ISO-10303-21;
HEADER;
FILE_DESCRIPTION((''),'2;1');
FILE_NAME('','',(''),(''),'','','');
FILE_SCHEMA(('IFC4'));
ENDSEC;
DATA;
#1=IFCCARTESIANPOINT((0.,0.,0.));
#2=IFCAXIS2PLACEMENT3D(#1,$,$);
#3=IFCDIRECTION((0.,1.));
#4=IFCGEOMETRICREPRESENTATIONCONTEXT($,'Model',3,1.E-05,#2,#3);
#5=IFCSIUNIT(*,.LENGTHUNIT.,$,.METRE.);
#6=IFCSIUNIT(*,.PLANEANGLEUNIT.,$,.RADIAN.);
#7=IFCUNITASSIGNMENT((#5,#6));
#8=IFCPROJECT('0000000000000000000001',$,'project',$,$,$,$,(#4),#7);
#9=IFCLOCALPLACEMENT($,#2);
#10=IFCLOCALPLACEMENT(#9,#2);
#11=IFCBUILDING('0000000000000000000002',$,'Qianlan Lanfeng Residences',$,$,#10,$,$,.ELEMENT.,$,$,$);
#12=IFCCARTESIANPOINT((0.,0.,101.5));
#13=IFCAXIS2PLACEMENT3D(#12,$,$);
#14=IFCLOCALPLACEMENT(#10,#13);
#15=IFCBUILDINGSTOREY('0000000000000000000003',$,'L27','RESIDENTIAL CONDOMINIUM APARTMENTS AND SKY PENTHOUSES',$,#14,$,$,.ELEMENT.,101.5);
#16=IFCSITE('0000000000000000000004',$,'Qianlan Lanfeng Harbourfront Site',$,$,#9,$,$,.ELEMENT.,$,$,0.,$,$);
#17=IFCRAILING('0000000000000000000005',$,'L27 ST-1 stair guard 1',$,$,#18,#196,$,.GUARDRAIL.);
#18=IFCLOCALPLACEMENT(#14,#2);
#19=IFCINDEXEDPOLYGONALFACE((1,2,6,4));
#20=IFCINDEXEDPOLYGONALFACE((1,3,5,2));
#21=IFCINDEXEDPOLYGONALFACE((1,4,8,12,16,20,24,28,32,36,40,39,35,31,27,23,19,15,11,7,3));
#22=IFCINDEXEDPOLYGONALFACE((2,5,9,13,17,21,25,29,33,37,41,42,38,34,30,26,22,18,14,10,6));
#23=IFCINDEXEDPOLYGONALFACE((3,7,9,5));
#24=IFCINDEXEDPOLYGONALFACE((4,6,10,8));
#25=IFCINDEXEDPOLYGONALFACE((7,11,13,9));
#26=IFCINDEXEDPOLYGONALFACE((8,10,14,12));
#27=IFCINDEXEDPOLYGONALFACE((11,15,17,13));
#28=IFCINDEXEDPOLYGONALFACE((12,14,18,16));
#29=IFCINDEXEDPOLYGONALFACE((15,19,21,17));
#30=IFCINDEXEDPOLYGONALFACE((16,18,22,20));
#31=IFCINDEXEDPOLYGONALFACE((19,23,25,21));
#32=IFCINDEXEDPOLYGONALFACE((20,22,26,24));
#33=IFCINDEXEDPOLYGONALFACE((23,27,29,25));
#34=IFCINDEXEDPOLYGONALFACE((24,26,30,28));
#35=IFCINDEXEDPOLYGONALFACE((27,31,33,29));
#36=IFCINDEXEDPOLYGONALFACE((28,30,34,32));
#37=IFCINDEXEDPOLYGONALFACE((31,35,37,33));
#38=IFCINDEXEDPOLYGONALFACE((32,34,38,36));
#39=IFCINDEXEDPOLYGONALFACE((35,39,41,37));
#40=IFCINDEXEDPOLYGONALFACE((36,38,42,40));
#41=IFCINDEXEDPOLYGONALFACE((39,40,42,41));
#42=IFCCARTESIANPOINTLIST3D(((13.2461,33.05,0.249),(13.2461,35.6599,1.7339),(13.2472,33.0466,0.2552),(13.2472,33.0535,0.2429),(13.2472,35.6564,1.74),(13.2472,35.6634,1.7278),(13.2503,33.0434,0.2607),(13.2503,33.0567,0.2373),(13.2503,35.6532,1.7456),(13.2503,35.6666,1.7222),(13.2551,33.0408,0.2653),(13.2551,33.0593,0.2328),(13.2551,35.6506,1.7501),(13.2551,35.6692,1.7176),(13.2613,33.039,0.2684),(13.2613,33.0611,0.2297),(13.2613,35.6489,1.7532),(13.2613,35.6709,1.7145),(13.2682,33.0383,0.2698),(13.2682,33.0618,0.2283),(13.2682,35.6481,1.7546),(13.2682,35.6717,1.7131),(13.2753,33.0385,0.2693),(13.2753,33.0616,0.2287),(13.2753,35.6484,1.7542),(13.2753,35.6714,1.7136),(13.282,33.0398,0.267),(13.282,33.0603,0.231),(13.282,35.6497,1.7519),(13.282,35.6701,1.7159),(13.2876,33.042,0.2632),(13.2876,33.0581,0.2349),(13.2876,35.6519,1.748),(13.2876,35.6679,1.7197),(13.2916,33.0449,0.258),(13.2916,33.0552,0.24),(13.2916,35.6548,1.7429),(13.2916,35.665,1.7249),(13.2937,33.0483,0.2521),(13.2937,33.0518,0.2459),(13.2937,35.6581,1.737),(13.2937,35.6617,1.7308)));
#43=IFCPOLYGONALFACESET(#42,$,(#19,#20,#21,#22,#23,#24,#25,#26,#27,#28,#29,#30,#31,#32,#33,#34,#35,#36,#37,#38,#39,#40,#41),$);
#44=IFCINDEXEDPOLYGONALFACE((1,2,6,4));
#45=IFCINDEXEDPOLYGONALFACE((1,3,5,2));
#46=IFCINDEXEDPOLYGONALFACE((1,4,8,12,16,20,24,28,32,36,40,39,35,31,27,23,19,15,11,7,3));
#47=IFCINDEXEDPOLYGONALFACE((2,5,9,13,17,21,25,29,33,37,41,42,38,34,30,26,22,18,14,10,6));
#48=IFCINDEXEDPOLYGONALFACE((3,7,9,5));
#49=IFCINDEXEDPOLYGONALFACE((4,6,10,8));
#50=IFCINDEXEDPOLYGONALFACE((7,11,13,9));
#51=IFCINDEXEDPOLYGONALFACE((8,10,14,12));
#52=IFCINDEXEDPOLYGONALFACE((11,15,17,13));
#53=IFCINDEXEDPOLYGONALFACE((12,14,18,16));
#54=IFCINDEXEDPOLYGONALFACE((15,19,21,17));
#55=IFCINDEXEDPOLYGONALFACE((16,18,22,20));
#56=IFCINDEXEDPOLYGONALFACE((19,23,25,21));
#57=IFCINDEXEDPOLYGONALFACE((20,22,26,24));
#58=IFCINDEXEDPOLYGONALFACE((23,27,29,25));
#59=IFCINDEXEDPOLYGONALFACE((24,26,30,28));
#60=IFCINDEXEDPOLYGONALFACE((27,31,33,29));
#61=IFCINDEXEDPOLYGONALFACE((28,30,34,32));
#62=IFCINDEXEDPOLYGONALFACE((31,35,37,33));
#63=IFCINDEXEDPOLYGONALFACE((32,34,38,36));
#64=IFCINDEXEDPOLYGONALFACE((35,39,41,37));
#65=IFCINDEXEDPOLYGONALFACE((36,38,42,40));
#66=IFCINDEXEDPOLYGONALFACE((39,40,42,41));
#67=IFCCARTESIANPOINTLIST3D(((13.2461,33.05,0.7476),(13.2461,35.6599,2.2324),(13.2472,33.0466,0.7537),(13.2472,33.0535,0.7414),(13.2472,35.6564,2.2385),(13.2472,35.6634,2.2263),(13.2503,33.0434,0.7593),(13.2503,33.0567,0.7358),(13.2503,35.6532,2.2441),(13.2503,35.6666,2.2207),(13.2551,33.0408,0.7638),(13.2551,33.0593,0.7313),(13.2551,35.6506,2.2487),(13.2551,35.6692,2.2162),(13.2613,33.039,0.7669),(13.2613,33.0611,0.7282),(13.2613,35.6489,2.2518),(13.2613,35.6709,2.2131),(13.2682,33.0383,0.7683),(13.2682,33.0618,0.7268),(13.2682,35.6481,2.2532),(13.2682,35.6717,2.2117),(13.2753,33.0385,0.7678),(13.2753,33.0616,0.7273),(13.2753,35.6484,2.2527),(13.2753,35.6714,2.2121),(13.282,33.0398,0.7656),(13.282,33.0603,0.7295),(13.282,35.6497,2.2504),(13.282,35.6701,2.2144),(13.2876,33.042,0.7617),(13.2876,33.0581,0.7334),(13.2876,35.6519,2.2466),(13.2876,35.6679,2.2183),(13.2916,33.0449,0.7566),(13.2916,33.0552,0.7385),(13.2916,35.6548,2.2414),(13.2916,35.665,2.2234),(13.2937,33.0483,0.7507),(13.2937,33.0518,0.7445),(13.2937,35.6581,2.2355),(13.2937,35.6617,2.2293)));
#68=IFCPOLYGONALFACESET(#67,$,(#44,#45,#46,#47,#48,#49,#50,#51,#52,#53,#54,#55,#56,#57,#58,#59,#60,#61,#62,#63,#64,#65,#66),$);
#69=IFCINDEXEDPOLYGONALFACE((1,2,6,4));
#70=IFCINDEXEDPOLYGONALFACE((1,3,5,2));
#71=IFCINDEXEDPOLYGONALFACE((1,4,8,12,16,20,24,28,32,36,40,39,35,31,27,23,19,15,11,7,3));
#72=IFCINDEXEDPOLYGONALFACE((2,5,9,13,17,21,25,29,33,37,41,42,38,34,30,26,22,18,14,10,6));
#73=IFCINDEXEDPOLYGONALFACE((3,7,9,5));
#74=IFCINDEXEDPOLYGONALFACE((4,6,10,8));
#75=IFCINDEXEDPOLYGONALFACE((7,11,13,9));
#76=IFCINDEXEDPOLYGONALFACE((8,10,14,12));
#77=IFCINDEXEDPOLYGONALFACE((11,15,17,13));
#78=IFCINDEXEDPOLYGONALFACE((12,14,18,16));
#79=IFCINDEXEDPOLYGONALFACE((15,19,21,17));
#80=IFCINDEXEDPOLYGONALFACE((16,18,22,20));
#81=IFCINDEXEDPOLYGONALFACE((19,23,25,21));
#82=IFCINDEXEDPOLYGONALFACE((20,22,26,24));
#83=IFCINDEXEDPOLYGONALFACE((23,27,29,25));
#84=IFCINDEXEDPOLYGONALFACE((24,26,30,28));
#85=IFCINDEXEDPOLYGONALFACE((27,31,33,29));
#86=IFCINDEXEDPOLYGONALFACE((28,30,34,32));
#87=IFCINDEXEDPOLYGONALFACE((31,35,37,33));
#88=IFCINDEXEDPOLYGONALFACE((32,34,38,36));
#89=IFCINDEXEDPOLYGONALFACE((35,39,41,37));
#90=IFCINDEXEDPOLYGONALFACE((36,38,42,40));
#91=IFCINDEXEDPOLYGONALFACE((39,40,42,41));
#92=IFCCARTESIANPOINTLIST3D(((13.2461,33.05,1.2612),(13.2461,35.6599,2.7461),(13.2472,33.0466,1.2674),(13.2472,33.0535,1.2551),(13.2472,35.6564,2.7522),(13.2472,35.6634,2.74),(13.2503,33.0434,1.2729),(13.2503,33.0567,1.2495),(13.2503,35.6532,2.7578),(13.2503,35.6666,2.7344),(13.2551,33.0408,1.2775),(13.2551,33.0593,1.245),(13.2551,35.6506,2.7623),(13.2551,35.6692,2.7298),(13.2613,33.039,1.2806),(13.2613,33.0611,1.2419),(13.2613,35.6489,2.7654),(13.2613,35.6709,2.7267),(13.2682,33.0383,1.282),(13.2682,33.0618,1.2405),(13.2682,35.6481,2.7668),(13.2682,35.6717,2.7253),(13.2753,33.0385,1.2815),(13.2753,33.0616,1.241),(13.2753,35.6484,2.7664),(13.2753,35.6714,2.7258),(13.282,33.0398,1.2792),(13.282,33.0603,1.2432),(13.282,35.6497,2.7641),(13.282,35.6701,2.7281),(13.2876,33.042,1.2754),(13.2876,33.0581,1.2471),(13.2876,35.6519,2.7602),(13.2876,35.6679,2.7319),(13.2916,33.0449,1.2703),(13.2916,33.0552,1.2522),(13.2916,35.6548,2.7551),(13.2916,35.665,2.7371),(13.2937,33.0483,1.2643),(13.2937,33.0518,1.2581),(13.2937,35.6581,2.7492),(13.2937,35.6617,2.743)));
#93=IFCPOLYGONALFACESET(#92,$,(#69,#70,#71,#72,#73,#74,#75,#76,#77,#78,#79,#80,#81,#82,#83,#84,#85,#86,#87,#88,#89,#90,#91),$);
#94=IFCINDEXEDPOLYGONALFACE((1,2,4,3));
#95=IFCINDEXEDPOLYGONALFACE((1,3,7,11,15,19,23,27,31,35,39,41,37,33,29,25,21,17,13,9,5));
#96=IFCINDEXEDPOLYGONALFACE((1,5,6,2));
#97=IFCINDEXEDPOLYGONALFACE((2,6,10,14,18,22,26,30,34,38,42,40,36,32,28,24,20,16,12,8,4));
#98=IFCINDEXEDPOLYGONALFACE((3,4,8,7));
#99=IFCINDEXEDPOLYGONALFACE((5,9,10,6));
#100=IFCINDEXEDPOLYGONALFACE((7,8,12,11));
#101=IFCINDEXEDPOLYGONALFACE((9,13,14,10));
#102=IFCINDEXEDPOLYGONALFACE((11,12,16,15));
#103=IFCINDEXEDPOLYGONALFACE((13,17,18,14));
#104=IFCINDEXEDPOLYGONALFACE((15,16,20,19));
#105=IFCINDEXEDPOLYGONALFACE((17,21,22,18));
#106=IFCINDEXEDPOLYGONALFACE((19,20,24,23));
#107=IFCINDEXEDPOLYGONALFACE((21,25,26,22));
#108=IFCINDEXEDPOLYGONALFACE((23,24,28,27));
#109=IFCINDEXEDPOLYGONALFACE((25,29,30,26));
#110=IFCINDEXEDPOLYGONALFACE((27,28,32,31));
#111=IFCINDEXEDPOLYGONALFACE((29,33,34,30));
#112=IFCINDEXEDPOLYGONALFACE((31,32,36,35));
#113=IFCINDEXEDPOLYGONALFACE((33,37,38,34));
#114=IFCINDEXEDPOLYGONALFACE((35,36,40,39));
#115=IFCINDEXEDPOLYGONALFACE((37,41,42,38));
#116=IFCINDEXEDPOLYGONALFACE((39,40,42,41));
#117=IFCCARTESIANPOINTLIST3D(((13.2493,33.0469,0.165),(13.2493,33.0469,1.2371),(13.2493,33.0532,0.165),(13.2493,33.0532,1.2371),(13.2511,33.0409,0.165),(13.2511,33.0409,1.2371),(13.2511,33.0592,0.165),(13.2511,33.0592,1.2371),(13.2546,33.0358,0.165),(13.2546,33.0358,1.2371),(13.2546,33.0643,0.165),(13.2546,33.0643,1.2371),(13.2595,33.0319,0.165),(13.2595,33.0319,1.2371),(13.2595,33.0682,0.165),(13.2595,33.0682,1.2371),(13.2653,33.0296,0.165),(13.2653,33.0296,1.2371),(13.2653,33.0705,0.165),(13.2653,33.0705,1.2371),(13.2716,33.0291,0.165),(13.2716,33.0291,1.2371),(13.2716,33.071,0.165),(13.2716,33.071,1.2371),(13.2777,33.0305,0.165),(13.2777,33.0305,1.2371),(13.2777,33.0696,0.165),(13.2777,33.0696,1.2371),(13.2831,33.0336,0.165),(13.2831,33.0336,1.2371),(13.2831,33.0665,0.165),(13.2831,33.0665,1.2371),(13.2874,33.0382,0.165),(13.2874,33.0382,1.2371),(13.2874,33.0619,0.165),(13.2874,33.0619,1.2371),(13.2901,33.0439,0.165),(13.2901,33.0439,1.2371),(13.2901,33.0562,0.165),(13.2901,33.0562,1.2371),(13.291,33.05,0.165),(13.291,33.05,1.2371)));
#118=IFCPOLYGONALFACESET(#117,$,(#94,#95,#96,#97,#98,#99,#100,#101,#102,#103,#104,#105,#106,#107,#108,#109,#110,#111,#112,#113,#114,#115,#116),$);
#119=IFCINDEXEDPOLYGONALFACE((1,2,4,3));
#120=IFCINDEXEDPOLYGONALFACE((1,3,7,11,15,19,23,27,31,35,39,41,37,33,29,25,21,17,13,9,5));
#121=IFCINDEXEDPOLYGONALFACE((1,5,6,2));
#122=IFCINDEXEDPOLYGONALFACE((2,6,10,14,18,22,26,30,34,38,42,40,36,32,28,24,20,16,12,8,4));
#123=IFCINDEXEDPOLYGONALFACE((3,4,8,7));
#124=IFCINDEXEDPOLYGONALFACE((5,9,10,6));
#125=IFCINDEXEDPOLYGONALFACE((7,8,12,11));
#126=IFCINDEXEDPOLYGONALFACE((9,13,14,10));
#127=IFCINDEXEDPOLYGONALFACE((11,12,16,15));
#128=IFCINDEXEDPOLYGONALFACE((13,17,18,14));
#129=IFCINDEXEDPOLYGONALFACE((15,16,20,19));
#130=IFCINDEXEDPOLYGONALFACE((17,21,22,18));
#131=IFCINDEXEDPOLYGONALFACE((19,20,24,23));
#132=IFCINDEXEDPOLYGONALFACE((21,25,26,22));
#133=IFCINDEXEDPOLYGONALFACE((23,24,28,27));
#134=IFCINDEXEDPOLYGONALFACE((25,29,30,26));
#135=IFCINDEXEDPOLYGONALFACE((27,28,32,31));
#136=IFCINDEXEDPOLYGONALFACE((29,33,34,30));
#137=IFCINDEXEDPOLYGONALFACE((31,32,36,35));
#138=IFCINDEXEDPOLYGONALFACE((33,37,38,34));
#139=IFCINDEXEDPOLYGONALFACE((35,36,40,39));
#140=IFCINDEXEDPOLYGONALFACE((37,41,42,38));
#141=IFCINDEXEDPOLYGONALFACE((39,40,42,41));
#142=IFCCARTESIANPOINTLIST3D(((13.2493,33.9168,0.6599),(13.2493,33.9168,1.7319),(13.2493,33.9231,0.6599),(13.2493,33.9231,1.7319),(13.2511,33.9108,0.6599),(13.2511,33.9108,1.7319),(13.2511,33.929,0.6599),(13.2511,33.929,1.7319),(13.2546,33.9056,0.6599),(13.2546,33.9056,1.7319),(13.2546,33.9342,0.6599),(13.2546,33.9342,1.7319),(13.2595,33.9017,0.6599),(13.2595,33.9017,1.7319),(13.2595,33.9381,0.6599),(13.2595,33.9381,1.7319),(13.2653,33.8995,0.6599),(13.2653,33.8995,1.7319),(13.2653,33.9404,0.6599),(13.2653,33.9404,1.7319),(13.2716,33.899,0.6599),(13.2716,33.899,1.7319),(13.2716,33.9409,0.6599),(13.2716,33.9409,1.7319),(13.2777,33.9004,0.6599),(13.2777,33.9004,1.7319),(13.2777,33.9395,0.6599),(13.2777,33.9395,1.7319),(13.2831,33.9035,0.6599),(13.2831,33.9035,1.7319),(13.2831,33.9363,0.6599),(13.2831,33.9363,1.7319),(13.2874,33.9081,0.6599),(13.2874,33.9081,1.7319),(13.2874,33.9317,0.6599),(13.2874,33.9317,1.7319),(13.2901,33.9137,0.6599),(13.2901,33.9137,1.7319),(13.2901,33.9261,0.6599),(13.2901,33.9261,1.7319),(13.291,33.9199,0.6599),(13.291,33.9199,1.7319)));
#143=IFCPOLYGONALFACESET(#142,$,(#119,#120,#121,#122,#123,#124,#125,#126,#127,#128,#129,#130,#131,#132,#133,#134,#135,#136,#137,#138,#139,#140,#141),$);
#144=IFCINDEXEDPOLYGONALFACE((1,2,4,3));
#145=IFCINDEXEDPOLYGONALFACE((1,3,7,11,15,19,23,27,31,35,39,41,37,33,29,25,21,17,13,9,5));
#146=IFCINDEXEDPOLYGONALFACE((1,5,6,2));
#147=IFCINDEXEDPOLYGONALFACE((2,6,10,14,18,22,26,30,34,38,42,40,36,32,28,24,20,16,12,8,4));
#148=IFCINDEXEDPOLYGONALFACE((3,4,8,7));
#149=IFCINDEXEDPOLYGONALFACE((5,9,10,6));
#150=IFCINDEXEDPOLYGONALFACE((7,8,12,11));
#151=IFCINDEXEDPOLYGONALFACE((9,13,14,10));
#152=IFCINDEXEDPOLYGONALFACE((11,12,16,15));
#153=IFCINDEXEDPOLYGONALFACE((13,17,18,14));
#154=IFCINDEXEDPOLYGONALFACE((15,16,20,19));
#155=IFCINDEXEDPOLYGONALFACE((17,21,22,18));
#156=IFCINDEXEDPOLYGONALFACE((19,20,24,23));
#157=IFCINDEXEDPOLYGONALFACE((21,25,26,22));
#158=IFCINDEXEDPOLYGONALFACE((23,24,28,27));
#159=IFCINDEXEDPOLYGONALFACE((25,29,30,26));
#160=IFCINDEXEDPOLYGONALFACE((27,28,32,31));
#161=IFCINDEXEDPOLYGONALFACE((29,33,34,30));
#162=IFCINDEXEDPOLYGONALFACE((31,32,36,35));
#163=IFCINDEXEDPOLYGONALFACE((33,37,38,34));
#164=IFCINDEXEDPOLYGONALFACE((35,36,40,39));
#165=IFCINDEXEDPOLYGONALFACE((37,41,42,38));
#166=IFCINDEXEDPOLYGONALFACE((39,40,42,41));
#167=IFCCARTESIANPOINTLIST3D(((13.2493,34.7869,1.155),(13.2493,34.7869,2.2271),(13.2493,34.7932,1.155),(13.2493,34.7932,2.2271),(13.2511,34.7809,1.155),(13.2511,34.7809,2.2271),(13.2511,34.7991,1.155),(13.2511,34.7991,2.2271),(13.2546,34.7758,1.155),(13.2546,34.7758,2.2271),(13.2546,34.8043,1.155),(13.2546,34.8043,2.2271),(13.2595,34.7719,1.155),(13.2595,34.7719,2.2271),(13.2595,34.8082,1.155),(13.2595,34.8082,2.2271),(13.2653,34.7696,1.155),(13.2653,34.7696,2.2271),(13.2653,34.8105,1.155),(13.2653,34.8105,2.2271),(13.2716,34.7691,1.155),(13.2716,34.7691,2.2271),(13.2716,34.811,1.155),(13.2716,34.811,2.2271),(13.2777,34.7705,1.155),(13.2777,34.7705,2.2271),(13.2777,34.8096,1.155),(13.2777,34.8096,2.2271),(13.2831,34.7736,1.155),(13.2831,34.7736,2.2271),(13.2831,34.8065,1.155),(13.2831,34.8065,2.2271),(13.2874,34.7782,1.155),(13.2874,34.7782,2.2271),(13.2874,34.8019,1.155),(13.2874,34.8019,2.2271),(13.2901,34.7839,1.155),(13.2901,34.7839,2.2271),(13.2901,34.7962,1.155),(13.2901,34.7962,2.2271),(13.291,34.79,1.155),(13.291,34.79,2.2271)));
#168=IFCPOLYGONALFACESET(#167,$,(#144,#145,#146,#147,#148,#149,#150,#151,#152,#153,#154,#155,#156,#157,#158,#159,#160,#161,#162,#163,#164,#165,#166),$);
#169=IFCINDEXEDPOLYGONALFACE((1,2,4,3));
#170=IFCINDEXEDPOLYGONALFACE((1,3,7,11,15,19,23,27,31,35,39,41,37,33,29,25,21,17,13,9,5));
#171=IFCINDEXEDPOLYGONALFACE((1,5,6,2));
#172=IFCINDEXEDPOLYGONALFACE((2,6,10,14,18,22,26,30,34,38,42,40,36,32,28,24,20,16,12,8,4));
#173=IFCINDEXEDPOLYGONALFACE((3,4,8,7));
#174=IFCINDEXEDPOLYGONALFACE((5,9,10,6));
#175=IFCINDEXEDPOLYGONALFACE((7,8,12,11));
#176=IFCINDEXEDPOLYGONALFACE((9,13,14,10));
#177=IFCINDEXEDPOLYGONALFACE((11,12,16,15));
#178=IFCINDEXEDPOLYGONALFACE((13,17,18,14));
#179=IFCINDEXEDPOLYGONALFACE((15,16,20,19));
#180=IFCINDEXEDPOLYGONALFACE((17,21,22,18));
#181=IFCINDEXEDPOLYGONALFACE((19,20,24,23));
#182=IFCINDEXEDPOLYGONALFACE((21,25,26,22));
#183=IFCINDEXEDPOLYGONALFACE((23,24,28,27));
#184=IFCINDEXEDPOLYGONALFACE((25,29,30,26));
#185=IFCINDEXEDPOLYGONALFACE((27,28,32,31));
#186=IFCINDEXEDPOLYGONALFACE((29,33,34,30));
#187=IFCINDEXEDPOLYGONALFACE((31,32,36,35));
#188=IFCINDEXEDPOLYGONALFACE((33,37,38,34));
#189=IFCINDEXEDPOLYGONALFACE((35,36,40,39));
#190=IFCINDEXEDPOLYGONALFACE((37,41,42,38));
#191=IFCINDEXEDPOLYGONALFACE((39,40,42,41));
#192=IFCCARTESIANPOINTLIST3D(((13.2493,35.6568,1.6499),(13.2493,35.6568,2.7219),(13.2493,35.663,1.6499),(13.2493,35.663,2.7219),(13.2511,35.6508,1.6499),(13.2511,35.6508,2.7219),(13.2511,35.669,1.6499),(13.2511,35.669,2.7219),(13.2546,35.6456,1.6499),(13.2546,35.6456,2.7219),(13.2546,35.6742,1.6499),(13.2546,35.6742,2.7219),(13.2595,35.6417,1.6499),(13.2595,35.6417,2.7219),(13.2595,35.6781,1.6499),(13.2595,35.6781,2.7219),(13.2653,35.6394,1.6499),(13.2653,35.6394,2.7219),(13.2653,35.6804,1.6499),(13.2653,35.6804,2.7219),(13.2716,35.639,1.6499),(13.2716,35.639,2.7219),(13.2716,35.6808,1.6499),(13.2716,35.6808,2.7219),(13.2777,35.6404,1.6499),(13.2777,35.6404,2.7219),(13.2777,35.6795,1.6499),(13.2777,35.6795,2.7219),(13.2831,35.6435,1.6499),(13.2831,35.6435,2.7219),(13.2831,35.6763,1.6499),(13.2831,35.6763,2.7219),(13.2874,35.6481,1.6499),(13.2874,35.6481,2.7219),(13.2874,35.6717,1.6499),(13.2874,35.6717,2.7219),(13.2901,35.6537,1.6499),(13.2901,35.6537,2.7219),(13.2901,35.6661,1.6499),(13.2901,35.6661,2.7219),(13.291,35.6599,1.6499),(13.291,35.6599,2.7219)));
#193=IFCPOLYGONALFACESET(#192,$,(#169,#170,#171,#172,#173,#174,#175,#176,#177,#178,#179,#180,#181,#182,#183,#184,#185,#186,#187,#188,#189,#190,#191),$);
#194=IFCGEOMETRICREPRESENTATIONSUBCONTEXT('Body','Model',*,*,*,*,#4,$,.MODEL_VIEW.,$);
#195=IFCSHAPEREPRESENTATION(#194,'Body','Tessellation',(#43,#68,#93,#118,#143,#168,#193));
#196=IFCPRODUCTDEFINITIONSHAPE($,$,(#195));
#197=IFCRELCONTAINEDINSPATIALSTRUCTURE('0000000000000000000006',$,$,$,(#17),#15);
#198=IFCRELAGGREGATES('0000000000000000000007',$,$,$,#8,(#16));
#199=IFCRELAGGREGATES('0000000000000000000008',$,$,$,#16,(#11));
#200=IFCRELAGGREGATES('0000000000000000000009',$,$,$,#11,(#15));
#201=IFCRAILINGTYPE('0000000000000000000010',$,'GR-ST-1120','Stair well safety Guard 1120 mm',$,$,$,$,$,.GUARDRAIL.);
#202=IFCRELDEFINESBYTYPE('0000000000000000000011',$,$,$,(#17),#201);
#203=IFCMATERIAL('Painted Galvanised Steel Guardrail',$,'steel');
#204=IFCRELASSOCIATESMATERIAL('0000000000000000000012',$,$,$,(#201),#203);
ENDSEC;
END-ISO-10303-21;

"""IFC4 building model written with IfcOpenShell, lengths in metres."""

from ifc_helpers import new_model, si_unit, direction, frame, origin, origin_2d, place, context, subcontext, project, spatial, circle, extrude, material, type_object, element, save


model = new_model("IFC4")

# Units and contexts
model_context = context("Model", 3, precision=1e-05, world=origin(), true_north=direction((0.0, 1.0)))
body_context = subcontext(model_context, "Body", "Model", "MODEL_VIEW")
ifc_project = project(units=[si_unit("LENGTHUNIT", "METRE"), si_unit("PLANEANGLEUNIT", "RADIAN")], contexts=[model_context])

# Site, building, storey
site_placement = place(None, origin())
site = spatial("IfcSite", under=ifc_project, at=site_placement, Name="Qianlan Lanfeng Harbourfront Site", CompositionType="ELEMENT", RefElevation=0.0)
building_placement = place(site_placement, origin())
building = spatial("IfcBuilding", under=site, at=building_placement, Name="Qianlan Lanfeng Residences", CompositionType="ELEMENT")
storey_placement = place(building_placement, frame((0.0, 0.0, 101.5)))
storey = spatial("IfcBuildingStorey", under=building, at=storey_placement, Name="L27", Description="RESIDENTIAL CONDOMINIUM APARTMENTS AND SKY PENTHOUSES", CompositionType="ELEMENT", Elevation=101.5)

# Railing
ifc_material_1 = material(Name="Painted Galvanised Steel Guardrail", Category="steel")
railing_type_1 = type_object("IfcRailingType", Name="GR-ST-1120", Description="Stair well safety Guard 1120 mm", PredefinedType="GUARDRAIL", material=ifc_material_1)
railing_1_placement = place(storey_placement, frame((13.27, 33.05, 0.165)))
element("IfcRailing", 1, at=railing_1_placement, inside=storey, type_object=railing_type_1, Name="L27 ST-1 stair guard 1", PredefinedType="GUARDRAIL", context=body_context, shape_type="SweptSolid", body=[
    extrude(circle(Radius=0.0239, at=origin_2d()), frame((0.0, 0.0, 0.084), z_axis=(0.0, 0.869172, 0.494509), x_axis=(-1.0, 0.0, 0.0)), (0.0, 0.0, 1.0), 3.0027),
    extrude(circle(Radius=0.0239, at=origin_2d()), frame((0.0, 0.0, 0.5825), z_axis=(0.0, 0.869172, 0.494509), x_axis=(-1.0, 0.0, 0.0)), (0.0, 0.0, 1.0), 3.0027),
    extrude(circle(Radius=0.0239, at=origin_2d()), frame((0.0, 0.0, 1.0962), z_axis=(0.0, 0.869172, 0.494509), x_axis=(-1.0, 0.0, 0.0)), (0.0, 0.0, 1.0), 3.0027),
    extrude(circle(Radius=0.021, at=origin_2d()), origin(), (0.0, 0.0, 1.0), 1.072),
    extrude(circle(Radius=0.021, at=origin_2d()), frame((0.0, 0.8699, 0.4949)), (0.0, 0.0, 1.0), 1.072),
    extrude(circle(Radius=0.021, at=origin_2d()), frame((0.0, 1.74, 0.99)), (0.0, 0.0, 1.0), 1.072),
    extrude(circle(Radius=0.021, at=origin_2d()), frame((0.0, 2.6099, 1.4849)), (0.0, 0.0, 1.0), 1.072),
])

save(model, "model.ifc")
